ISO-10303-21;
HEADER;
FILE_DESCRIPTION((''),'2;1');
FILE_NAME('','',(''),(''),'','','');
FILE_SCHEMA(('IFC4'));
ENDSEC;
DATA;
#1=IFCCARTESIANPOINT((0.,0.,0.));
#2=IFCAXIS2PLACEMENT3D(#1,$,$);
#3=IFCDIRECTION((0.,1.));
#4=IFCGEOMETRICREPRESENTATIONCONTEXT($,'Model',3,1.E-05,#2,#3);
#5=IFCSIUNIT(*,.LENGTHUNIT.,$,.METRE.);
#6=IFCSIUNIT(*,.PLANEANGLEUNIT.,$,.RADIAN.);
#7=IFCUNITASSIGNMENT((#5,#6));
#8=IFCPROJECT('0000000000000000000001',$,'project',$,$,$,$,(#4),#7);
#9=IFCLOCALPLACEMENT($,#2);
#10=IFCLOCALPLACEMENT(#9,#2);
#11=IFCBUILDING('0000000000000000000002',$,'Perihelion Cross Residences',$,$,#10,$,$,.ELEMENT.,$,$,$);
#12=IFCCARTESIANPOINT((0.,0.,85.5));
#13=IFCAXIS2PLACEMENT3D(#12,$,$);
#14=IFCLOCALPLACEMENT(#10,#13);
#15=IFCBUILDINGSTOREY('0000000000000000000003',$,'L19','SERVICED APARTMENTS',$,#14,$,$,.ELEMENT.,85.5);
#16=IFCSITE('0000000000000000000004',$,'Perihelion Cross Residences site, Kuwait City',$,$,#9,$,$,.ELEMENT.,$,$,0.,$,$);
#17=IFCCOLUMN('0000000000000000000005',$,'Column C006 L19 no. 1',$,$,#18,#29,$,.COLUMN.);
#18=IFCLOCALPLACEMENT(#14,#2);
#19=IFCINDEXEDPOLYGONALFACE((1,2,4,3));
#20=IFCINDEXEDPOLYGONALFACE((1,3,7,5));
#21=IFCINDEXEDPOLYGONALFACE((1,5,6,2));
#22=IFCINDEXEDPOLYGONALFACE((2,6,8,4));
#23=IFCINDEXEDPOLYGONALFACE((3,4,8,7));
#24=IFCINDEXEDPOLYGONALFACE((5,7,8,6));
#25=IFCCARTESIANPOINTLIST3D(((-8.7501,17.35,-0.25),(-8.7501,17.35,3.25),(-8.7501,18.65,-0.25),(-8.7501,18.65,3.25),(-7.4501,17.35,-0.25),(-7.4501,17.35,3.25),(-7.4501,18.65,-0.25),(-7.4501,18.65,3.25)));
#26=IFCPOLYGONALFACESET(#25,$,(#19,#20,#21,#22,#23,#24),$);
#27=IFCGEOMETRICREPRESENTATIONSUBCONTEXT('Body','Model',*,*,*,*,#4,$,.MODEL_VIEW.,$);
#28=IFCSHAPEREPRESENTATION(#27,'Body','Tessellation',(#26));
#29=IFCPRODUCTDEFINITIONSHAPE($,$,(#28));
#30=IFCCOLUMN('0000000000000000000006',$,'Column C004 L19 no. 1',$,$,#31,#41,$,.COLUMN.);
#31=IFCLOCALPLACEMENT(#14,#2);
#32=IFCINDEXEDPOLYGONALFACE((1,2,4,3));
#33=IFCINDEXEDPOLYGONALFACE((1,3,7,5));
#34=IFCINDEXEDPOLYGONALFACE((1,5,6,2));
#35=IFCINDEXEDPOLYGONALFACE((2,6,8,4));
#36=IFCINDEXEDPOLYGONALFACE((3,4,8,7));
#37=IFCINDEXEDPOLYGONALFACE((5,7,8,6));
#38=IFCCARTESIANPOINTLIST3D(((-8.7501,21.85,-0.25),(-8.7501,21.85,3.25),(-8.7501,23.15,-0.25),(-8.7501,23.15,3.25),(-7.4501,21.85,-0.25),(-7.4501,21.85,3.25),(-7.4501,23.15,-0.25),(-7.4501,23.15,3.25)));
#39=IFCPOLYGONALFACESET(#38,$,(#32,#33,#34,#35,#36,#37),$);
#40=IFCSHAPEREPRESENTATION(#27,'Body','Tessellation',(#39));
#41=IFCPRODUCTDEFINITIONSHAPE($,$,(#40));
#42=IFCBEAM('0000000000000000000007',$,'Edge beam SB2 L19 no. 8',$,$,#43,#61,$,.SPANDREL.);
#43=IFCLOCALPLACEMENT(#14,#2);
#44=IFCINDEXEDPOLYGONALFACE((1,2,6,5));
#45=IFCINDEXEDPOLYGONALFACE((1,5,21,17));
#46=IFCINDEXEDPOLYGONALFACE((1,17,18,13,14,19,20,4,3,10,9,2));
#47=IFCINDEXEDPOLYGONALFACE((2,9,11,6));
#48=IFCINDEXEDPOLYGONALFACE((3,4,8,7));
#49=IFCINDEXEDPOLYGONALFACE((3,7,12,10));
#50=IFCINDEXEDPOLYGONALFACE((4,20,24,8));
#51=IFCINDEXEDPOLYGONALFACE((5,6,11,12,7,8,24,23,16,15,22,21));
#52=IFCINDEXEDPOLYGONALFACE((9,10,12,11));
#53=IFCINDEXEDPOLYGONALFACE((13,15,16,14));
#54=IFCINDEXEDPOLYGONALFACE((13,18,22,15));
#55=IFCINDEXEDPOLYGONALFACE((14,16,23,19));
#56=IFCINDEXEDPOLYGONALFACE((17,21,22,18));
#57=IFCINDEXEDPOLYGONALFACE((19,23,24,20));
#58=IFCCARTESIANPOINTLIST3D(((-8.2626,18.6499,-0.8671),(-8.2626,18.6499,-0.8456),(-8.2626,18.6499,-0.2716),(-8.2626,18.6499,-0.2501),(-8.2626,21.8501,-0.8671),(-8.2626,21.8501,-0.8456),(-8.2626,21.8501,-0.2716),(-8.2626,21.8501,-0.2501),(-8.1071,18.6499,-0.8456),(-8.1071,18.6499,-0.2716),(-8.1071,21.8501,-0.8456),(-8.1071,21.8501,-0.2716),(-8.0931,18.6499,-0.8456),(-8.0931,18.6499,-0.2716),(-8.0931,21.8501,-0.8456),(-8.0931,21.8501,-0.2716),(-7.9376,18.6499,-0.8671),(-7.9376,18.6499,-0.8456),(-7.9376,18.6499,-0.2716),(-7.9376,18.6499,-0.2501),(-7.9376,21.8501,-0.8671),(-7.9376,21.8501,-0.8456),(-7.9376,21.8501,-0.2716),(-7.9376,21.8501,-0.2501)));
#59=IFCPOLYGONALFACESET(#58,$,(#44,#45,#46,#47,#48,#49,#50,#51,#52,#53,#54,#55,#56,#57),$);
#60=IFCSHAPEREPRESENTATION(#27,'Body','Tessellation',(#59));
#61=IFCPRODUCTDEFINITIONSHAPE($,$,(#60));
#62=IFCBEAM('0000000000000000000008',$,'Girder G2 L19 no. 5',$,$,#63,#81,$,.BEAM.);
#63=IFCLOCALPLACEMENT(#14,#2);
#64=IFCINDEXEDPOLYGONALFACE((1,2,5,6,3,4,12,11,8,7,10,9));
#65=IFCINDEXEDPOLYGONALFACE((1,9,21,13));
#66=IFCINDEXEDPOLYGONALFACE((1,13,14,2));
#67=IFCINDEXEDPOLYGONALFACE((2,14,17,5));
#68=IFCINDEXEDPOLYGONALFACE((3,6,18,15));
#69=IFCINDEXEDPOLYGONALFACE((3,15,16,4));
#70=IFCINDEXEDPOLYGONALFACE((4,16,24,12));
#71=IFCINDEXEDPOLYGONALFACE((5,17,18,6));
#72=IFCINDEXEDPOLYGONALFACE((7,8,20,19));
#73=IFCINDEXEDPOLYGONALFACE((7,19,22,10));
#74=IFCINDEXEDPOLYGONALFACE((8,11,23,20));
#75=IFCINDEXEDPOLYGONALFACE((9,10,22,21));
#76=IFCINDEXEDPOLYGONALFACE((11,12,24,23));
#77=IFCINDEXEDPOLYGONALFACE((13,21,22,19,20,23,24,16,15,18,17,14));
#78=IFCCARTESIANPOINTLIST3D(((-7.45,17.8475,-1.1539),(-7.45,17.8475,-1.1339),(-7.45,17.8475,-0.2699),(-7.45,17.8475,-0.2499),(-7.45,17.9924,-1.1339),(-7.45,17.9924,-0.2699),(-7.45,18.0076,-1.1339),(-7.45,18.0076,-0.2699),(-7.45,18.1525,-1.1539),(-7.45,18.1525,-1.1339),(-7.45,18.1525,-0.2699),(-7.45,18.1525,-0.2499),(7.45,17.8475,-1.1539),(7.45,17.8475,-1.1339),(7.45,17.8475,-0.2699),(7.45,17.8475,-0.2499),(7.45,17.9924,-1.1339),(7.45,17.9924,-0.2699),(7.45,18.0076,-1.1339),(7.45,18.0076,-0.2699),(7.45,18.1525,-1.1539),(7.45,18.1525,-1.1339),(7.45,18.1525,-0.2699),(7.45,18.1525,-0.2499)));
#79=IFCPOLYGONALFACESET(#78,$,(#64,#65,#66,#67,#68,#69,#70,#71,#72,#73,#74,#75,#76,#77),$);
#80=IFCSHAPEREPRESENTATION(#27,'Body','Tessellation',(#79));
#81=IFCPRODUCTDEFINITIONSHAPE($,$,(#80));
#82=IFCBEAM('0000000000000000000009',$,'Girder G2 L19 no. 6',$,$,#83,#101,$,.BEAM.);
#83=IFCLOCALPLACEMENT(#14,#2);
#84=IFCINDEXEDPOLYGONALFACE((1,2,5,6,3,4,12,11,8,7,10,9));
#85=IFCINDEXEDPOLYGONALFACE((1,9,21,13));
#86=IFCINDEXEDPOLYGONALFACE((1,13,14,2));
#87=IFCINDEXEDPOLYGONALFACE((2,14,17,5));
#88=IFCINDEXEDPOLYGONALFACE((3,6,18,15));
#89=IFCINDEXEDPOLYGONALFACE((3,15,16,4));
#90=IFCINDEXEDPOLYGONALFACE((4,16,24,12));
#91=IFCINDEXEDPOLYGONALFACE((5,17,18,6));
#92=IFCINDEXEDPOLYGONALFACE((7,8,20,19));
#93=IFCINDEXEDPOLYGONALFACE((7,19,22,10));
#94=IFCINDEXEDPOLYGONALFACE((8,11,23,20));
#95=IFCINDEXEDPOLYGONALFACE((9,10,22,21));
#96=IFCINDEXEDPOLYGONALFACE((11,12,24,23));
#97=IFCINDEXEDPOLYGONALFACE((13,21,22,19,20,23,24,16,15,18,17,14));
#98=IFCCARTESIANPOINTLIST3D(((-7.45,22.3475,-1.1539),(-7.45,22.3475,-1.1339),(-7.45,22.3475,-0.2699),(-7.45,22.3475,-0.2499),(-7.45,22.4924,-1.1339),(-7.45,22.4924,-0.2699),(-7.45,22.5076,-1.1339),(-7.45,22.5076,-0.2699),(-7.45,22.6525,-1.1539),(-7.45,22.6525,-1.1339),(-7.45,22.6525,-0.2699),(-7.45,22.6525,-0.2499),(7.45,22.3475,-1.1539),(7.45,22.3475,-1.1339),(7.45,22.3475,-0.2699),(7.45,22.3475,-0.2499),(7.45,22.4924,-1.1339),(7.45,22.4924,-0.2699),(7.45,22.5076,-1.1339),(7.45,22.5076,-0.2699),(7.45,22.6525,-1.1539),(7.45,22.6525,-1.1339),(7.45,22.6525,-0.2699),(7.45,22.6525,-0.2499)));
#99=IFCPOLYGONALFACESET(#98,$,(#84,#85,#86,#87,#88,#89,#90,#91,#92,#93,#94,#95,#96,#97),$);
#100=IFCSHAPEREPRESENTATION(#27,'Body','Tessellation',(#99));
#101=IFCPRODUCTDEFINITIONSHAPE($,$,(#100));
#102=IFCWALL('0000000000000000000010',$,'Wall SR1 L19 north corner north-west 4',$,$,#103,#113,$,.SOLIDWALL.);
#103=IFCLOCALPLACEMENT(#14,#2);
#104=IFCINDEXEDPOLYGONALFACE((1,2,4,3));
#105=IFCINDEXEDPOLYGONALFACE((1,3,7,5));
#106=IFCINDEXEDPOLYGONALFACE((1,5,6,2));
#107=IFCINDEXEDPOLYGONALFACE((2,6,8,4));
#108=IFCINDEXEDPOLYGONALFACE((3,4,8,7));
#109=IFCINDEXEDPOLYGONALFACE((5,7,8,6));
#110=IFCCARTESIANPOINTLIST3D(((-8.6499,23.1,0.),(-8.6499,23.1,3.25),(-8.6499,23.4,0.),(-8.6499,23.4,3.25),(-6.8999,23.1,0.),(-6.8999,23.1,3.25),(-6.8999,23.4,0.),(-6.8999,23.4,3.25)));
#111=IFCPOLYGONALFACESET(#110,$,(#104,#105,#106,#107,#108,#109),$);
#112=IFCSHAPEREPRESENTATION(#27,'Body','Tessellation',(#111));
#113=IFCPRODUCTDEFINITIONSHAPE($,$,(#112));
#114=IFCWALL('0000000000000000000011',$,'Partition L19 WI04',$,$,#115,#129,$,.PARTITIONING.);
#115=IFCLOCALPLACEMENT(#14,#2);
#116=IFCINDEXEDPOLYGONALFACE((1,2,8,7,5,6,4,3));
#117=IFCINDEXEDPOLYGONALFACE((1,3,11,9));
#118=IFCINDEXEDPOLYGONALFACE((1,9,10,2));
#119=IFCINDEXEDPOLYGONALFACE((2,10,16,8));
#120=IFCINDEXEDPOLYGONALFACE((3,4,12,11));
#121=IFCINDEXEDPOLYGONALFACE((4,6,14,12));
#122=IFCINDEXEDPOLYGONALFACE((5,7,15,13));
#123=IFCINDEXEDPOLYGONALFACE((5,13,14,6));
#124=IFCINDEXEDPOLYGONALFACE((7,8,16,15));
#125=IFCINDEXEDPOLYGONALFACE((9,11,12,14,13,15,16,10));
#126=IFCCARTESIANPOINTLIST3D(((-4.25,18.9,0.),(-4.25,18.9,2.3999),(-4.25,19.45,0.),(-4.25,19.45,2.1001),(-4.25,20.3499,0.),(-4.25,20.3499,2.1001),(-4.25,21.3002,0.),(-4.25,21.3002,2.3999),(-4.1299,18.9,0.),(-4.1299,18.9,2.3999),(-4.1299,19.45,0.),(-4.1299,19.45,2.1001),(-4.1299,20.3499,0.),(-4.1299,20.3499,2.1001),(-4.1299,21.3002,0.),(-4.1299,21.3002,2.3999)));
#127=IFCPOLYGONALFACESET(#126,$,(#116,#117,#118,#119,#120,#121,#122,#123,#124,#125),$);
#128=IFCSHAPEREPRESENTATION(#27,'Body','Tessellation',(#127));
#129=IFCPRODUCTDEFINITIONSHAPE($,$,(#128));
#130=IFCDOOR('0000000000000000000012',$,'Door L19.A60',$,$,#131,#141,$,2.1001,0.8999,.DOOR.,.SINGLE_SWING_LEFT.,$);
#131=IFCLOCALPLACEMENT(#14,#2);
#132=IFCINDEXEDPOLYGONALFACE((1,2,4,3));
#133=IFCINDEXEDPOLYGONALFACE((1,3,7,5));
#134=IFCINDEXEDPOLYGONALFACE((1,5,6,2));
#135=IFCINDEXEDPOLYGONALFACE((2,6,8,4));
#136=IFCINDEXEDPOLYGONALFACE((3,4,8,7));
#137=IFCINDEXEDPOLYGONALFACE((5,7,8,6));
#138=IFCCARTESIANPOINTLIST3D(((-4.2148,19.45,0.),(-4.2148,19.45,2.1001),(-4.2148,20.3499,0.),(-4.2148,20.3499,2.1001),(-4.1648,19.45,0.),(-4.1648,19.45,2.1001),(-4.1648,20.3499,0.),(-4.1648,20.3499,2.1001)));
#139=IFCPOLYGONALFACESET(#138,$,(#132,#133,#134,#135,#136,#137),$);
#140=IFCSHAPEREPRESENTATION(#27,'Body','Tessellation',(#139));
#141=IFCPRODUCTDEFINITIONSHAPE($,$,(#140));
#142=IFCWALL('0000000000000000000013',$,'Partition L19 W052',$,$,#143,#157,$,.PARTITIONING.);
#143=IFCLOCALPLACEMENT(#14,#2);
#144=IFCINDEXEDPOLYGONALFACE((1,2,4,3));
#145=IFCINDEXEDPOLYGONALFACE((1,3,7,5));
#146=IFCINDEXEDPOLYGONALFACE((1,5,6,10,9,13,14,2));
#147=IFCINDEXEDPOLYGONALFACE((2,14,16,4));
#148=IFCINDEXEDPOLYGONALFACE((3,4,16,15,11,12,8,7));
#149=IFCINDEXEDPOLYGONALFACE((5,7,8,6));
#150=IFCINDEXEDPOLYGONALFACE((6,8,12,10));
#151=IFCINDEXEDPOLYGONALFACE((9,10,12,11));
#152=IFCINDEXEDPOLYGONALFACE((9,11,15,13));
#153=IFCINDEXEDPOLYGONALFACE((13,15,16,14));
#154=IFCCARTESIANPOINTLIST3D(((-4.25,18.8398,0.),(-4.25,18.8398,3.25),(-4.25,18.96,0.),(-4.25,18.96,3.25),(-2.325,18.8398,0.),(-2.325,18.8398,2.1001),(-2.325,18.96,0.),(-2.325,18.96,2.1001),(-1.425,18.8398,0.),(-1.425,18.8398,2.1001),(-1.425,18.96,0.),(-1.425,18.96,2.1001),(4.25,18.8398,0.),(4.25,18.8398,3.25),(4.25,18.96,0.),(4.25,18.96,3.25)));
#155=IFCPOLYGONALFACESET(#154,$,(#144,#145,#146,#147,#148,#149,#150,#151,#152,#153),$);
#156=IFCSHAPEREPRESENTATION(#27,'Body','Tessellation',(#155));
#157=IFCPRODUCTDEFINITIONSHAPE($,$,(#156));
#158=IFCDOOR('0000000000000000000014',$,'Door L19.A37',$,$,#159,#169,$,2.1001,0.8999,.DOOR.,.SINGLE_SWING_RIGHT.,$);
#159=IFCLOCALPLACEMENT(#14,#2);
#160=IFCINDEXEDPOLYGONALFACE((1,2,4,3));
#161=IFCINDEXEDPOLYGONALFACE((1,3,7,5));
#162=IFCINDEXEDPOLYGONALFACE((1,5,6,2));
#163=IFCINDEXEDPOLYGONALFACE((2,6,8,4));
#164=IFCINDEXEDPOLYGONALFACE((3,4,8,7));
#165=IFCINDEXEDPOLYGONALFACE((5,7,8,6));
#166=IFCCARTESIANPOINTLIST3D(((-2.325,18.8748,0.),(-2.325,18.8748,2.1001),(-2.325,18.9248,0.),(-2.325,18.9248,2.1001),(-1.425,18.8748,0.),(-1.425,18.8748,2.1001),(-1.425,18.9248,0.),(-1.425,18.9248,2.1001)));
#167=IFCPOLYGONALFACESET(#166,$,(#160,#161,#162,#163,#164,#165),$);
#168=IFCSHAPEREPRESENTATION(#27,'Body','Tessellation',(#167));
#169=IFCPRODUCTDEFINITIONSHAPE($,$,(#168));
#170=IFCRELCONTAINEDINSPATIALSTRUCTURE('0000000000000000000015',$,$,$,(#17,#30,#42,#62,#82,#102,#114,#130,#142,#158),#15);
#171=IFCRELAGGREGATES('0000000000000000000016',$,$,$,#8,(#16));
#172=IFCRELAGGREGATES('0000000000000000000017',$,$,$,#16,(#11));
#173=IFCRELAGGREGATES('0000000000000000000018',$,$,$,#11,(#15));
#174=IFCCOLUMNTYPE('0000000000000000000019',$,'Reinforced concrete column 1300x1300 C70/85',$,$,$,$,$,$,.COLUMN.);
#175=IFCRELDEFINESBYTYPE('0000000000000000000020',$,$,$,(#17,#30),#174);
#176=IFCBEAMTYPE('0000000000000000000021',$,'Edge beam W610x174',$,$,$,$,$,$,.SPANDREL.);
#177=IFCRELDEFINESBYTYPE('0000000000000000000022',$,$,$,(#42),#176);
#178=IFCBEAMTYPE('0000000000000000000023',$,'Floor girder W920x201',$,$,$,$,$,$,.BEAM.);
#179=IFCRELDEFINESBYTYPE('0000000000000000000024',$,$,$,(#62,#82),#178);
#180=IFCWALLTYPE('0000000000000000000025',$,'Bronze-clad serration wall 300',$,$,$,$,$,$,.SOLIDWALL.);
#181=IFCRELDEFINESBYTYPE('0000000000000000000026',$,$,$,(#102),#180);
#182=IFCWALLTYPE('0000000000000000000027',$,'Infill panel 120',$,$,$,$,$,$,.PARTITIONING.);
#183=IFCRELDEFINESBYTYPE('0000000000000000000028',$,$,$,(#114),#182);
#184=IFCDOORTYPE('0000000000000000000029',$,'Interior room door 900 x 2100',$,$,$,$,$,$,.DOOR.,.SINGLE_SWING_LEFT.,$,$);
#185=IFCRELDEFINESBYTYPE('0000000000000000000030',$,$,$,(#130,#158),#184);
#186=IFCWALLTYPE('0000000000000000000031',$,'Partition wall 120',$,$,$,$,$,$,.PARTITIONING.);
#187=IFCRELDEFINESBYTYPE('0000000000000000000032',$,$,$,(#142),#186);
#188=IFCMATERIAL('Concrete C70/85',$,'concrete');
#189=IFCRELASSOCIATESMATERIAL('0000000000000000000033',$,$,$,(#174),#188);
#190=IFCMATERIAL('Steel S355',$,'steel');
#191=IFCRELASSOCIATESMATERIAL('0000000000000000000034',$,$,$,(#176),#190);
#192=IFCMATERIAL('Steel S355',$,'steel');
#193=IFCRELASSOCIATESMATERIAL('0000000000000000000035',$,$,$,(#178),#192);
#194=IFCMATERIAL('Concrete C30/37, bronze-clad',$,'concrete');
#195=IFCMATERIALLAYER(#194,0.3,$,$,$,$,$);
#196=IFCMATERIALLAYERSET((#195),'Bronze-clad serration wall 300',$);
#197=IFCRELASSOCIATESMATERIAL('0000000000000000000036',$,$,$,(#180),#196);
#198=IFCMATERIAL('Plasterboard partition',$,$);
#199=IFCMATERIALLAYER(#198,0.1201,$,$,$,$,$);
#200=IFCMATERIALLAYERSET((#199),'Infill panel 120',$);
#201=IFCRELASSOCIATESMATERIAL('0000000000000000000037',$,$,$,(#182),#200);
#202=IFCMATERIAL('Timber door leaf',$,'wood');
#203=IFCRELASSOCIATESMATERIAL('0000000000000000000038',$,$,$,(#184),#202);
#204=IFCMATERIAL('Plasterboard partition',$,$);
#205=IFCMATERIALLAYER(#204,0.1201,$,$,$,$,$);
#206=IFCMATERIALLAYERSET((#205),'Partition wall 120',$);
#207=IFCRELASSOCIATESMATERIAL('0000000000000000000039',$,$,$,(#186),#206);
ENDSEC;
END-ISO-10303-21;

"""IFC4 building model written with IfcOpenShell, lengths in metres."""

from ifc_helpers import new_model, si_unit, direction, frame, frame_2d, origin, origin_2d, place, context, subcontext, project, spatial, rectangle, i_section, extrude, material, layer, layer_set, material_profile, profile_set, type_object, element, fill, save


model = new_model("IFC4")

# Units and contexts
model_context = context("Model", 3, precision=1e-05, world=origin(), true_north=direction((0.0, 1.0)))
body_context = subcontext(model_context, "Body", "Model", "MODEL_VIEW")
ifc_project = project(units=[si_unit("LENGTHUNIT", "METRE"), si_unit("PLANEANGLEUNIT", "RADIAN")], contexts=[model_context])

# Site, building, storey
site_placement = place(None, origin())
site = spatial("IfcSite", under=ifc_project, at=site_placement, Name="Perihelion Cross Residences site, Kuwait City", CompositionType="ELEMENT", RefElevation=0.0)
building_placement = place(site_placement, origin())
building = spatial("IfcBuilding", under=site, at=building_placement, Name="Perihelion Cross Residences", CompositionType="ELEMENT")
storey_placement = place(building_placement, frame((0.0, 0.0, 85.5)))
storey = spatial("IfcBuildingStorey", under=building, at=storey_placement, Name="L19", Description="SERVICED APARTMENTS", CompositionType="ELEMENT", Elevation=85.5)

# Columns
ifc_material_1 = material(Name="Concrete C70/85", Category="concrete")
ifc_material_profile_1 = material_profile(ifc_material_1, rectangle(XDim=1.3, YDim=1.3, at=origin_2d()), Name="RC 1300x1300")
ifc_profile_set_1 = profile_set([ifc_material_profile_1], Name="Concrete C70/85")
column_type = type_object("IfcColumnType", Name="Reinforced concrete column 1300x1300 C70/85", PredefinedType="COLUMN", material=ifc_profile_set_1)
for number, where, z_axis, x_axis, name in (
    (1, (-8.1001, 18.0, -0.25), (0.0, 0.0, 1.0), (1.0, 0.0, 0.0), "Column C006 L19 no. 1"),
    (2, (-8.1001, 22.5, -0.25), (0.0, 0.0, 1.0), (1.0, 0.0, 0.0), "Column C004 L19 no. 1"),
):
    element("IfcColumn", number, at=place(storey_placement, frame(where, z_axis=z_axis, x_axis=x_axis)), inside=storey, type_object=column_type, Name=name, PredefinedType="COLUMN", context=body_context, shape_type="SweptSolid", body=[
        extrude(rectangle(XDim=1.3, YDim=1.3, at=origin_2d()), origin(), (0.0, 0.0, 1.0), 3.5),
    ])

# Beams
ifc_material_2 = material(Name="Steel S355", Category="steel")
ifc_material_profile_2 = material_profile(ifc_material_2, i_section(OverallWidth=0.325, OverallDepth=0.6169, WebThickness=0.0139, FlangeThickness=0.0215, at=origin_2d()), Name="W610x174")
ifc_profile_set_2 = profile_set([ifc_material_profile_2], Name="Steel S355")
beam_type_1 = type_object("IfcBeamType", Name="Edge beam W610x174", PredefinedType="SPANDREL", material=ifc_profile_set_2)
beam_placement = place(storey_placement, frame((-8.1001, 21.8501, -0.5586), z_axis=(0.0, -1.0, 0.0), x_axis=(1.0, 0.0, 0.0)))
element("IfcBeam", 3, at=beam_placement, inside=storey, type_object=beam_type_1, Name="Edge beam SB2 L19 no. 8", PredefinedType="SPANDREL", context=body_context, shape_type="SweptSolid", body=[
    extrude(i_section(OverallWidth=0.325, OverallDepth=0.6169, WebThickness=0.0139, FlangeThickness=0.0215, at=origin_2d()), origin(), (0.0, 0.0, 1.0), 3.2002),
])
ifc_material_3 = material(Name="Steel S355", Category="steel")
ifc_material_profile_3 = material_profile(ifc_material_3, i_section(OverallWidth=0.3049, OverallDepth=0.9041, WebThickness=0.0151, FlangeThickness=0.02, at=origin_2d()), Name="W920x201")
ifc_profile_set_3 = profile_set([ifc_material_profile_3], Name="Steel S355")
beam_type_2 = type_object("IfcBeamType", Name="Floor girder W920x201", PredefinedType="BEAM", material=ifc_profile_set_3)
for number, where, z_axis, x_axis, name in (
    (4, (-7.45, 18.0, -0.7019), (1.0, 0.0, 0.0), (0.0, 1.0, 0.0), "Girder G2 L19 no. 5"),
    (5, (-7.45, 22.5, -0.7019), (1.0, 0.0, 0.0), (0.0, 1.0, 0.0), "Girder G2 L19 no. 6"),
):
    element("IfcBeam", number, at=place(storey_placement, frame(where, z_axis=z_axis, x_axis=x_axis)), inside=storey, type_object=beam_type_2, Name=name, PredefinedType="BEAM", context=body_context, shape_type="SweptSolid", body=[
        extrude(i_section(OverallWidth=0.3049, OverallDepth=0.9041, WebThickness=0.0151, FlangeThickness=0.02, at=origin_2d()), origin(), (0.0, 0.0, 1.0), 14.8999),
    ])

# Wall
ifc_material_4 = material(Name="Concrete C30/37, bronze-clad", Category="concrete")
ifc_layer_1 = layer(ifc_material_4, 0.3)
ifc_layer_set_1 = layer_set([ifc_layer_1], Name="Bronze-clad serration wall 300")
wall_type_1 = type_object("IfcWallType", Name="Bronze-clad serration wall 300", PredefinedType="SOLIDWALL", material=ifc_layer_set_1)
wall_1_placement = place(storey_placement, frame((-6.8999, 23.25, 0.0), z_axis=(0.0, 0.0, 1.0), x_axis=(-1.0, 0.0, 0.0)))
element("IfcWall", 6, at=wall_1_placement, inside=storey, type_object=wall_type_1, Name="Wall SR1 L19 north corner north-west 4", PredefinedType="SOLIDWALL", context=body_context, shape_type="SweptSolid", body=[
    extrude(rectangle(XDim=1.75, YDim=0.3, at=frame_2d((0.875, 0.0))), origin(), (0.0, 0.0, 1.0), 3.25),
])

# Walls, openings, doors
ifc_material_5 = material(Name="Plasterboard partition")
ifc_layer_2 = layer(ifc_material_5, 0.1201)
ifc_layer_set_2 = layer_set([ifc_layer_2], Name="Infill panel 120")
wall_type_2 = type_object("IfcWallType", Name="Infill panel 120", PredefinedType="PARTITIONING", material=ifc_layer_set_2)
wall_2_placement = place(storey_placement, frame((-4.1899, 18.8999, 0.0), z_axis=(0.0, 0.0, 1.0), x_axis=(0.0, 1.0, 0.0)))
wall_2 = element("IfcWall", 7, at=wall_2_placement, inside=storey, type_object=wall_type_2, Name="Partition L19 WI04", PredefinedType="PARTITIONING", context=body_context, shape_type="SweptSolid", body=[
    extrude(rectangle(XDim=2.4001, YDim=0.1201, at=frame_2d((1.2002, 0.0))), origin(), (0.0, 0.0, 1.0), 2.3999),
])
opening_1_placement = place(wall_2_placement, frame((0.55, 0.0, 0.0)))
opening_1 = element("IfcOpeningElement", 8, at=opening_1_placement, cuts=wall_2, PredefinedType="OPENING", context=body_context, shape_type="SweptSolid", body=[
    extrude(rectangle(XDim=0.8999, YDim=2.1001, at=frame_2d((0.45, 1.05))), frame((0.0, 0.0701, 0.0), z_axis=(0.0, -1.0, 0.0), x_axis=(1.0, 0.0, 0.0)), (0.0, 0.0, 1.0), 0.1401),
])
ifc_material_6 = material(Name="Timber door leaf", Category="wood")
door_type_1 = type_object("IfcDoorType", Name="Interior room door 900 x 2100", OperationType="SINGLE_SWING_LEFT", PredefinedType="DOOR", material=ifc_material_6)
door_1_placement = place(opening_1_placement, origin())
door_1 = element("IfcDoor", 9, at=door_1_placement, inside=storey, type_object=door_type_1, Name="Door L19.A60", OperationType="SINGLE_SWING_LEFT", OverallHeight=2.1001, OverallWidth=0.8999, PredefinedType="DOOR", context=body_context, shape_type="SweptSolid", body=[
    extrude(rectangle(XDim=0.8999, YDim=2.1001, at=frame_2d((0.45, 1.05))), frame((0.0, 0.0249, 0.0), z_axis=(0.0, -1.0, 0.0), x_axis=(1.0, 0.0, 0.0)), (0.0, 0.0, 1.0), 0.05),
])
fill(opening_1, door_1)
ifc_material_7 = material(Name="Plasterboard partition")
ifc_layer_3 = layer(ifc_material_7, 0.1201)
ifc_layer_set_3 = layer_set([ifc_layer_3], Name="Partition wall 120")
wall_type_3 = type_object("IfcWallType", Name="Partition wall 120", PredefinedType="PARTITIONING", material=ifc_layer_set_3)
wall_3_placement = place(storey_placement, frame((-4.25, 18.8999, 0.0), z_axis=(0.0, 0.0, 1.0), x_axis=(1.0, 0.0, 0.0)))
wall_3 = element("IfcWall", 10, at=wall_3_placement, inside=storey, type_object=wall_type_3, Name="Partition L19 W052", PredefinedType="PARTITIONING", context=body_context, shape_type="SweptSolid", body=[
    extrude(rectangle(XDim=8.5, YDim=0.1201, at=frame_2d((4.25, 0.0))), origin(), (0.0, 0.0, 1.0), 3.25),
])
opening_2_placement = place(wall_3_placement, frame((1.925, 0.0, 0.0)))
opening_2 = element("IfcOpeningElement", 11, at=opening_2_placement, cuts=wall_3, PredefinedType="OPENING", context=body_context, shape_type="SweptSolid", body=[
    extrude(rectangle(XDim=0.8999, YDim=2.1001, at=frame_2d((0.45, 1.05))), frame((0.0, 0.0701, 0.0), z_axis=(0.0, -1.0, 0.0), x_axis=(1.0, 0.0, 0.0)), (0.0, 0.0, 1.0), 0.1401),
])
door_2_placement = place(opening_2_placement, origin())
door_2 = element("IfcDoor", 12, at=door_2_placement, inside=storey, type_object=door_type_1, Name="Door L19.A37", OperationType="SINGLE_SWING_RIGHT", OverallHeight=2.1001, OverallWidth=0.8999, PredefinedType="DOOR", context=body_context, shape_type="SweptSolid", body=[
    extrude(rectangle(XDim=0.8999, YDim=2.1001, at=frame_2d((0.45, 1.05))), frame((0.0, 0.0249, 0.0), z_axis=(0.0, -1.0, 0.0), x_axis=(1.0, 0.0, 0.0)), (0.0, 0.0, 1.0), 0.05),
])
fill(opening_2, door_2)

save(model, "model.ifc")
